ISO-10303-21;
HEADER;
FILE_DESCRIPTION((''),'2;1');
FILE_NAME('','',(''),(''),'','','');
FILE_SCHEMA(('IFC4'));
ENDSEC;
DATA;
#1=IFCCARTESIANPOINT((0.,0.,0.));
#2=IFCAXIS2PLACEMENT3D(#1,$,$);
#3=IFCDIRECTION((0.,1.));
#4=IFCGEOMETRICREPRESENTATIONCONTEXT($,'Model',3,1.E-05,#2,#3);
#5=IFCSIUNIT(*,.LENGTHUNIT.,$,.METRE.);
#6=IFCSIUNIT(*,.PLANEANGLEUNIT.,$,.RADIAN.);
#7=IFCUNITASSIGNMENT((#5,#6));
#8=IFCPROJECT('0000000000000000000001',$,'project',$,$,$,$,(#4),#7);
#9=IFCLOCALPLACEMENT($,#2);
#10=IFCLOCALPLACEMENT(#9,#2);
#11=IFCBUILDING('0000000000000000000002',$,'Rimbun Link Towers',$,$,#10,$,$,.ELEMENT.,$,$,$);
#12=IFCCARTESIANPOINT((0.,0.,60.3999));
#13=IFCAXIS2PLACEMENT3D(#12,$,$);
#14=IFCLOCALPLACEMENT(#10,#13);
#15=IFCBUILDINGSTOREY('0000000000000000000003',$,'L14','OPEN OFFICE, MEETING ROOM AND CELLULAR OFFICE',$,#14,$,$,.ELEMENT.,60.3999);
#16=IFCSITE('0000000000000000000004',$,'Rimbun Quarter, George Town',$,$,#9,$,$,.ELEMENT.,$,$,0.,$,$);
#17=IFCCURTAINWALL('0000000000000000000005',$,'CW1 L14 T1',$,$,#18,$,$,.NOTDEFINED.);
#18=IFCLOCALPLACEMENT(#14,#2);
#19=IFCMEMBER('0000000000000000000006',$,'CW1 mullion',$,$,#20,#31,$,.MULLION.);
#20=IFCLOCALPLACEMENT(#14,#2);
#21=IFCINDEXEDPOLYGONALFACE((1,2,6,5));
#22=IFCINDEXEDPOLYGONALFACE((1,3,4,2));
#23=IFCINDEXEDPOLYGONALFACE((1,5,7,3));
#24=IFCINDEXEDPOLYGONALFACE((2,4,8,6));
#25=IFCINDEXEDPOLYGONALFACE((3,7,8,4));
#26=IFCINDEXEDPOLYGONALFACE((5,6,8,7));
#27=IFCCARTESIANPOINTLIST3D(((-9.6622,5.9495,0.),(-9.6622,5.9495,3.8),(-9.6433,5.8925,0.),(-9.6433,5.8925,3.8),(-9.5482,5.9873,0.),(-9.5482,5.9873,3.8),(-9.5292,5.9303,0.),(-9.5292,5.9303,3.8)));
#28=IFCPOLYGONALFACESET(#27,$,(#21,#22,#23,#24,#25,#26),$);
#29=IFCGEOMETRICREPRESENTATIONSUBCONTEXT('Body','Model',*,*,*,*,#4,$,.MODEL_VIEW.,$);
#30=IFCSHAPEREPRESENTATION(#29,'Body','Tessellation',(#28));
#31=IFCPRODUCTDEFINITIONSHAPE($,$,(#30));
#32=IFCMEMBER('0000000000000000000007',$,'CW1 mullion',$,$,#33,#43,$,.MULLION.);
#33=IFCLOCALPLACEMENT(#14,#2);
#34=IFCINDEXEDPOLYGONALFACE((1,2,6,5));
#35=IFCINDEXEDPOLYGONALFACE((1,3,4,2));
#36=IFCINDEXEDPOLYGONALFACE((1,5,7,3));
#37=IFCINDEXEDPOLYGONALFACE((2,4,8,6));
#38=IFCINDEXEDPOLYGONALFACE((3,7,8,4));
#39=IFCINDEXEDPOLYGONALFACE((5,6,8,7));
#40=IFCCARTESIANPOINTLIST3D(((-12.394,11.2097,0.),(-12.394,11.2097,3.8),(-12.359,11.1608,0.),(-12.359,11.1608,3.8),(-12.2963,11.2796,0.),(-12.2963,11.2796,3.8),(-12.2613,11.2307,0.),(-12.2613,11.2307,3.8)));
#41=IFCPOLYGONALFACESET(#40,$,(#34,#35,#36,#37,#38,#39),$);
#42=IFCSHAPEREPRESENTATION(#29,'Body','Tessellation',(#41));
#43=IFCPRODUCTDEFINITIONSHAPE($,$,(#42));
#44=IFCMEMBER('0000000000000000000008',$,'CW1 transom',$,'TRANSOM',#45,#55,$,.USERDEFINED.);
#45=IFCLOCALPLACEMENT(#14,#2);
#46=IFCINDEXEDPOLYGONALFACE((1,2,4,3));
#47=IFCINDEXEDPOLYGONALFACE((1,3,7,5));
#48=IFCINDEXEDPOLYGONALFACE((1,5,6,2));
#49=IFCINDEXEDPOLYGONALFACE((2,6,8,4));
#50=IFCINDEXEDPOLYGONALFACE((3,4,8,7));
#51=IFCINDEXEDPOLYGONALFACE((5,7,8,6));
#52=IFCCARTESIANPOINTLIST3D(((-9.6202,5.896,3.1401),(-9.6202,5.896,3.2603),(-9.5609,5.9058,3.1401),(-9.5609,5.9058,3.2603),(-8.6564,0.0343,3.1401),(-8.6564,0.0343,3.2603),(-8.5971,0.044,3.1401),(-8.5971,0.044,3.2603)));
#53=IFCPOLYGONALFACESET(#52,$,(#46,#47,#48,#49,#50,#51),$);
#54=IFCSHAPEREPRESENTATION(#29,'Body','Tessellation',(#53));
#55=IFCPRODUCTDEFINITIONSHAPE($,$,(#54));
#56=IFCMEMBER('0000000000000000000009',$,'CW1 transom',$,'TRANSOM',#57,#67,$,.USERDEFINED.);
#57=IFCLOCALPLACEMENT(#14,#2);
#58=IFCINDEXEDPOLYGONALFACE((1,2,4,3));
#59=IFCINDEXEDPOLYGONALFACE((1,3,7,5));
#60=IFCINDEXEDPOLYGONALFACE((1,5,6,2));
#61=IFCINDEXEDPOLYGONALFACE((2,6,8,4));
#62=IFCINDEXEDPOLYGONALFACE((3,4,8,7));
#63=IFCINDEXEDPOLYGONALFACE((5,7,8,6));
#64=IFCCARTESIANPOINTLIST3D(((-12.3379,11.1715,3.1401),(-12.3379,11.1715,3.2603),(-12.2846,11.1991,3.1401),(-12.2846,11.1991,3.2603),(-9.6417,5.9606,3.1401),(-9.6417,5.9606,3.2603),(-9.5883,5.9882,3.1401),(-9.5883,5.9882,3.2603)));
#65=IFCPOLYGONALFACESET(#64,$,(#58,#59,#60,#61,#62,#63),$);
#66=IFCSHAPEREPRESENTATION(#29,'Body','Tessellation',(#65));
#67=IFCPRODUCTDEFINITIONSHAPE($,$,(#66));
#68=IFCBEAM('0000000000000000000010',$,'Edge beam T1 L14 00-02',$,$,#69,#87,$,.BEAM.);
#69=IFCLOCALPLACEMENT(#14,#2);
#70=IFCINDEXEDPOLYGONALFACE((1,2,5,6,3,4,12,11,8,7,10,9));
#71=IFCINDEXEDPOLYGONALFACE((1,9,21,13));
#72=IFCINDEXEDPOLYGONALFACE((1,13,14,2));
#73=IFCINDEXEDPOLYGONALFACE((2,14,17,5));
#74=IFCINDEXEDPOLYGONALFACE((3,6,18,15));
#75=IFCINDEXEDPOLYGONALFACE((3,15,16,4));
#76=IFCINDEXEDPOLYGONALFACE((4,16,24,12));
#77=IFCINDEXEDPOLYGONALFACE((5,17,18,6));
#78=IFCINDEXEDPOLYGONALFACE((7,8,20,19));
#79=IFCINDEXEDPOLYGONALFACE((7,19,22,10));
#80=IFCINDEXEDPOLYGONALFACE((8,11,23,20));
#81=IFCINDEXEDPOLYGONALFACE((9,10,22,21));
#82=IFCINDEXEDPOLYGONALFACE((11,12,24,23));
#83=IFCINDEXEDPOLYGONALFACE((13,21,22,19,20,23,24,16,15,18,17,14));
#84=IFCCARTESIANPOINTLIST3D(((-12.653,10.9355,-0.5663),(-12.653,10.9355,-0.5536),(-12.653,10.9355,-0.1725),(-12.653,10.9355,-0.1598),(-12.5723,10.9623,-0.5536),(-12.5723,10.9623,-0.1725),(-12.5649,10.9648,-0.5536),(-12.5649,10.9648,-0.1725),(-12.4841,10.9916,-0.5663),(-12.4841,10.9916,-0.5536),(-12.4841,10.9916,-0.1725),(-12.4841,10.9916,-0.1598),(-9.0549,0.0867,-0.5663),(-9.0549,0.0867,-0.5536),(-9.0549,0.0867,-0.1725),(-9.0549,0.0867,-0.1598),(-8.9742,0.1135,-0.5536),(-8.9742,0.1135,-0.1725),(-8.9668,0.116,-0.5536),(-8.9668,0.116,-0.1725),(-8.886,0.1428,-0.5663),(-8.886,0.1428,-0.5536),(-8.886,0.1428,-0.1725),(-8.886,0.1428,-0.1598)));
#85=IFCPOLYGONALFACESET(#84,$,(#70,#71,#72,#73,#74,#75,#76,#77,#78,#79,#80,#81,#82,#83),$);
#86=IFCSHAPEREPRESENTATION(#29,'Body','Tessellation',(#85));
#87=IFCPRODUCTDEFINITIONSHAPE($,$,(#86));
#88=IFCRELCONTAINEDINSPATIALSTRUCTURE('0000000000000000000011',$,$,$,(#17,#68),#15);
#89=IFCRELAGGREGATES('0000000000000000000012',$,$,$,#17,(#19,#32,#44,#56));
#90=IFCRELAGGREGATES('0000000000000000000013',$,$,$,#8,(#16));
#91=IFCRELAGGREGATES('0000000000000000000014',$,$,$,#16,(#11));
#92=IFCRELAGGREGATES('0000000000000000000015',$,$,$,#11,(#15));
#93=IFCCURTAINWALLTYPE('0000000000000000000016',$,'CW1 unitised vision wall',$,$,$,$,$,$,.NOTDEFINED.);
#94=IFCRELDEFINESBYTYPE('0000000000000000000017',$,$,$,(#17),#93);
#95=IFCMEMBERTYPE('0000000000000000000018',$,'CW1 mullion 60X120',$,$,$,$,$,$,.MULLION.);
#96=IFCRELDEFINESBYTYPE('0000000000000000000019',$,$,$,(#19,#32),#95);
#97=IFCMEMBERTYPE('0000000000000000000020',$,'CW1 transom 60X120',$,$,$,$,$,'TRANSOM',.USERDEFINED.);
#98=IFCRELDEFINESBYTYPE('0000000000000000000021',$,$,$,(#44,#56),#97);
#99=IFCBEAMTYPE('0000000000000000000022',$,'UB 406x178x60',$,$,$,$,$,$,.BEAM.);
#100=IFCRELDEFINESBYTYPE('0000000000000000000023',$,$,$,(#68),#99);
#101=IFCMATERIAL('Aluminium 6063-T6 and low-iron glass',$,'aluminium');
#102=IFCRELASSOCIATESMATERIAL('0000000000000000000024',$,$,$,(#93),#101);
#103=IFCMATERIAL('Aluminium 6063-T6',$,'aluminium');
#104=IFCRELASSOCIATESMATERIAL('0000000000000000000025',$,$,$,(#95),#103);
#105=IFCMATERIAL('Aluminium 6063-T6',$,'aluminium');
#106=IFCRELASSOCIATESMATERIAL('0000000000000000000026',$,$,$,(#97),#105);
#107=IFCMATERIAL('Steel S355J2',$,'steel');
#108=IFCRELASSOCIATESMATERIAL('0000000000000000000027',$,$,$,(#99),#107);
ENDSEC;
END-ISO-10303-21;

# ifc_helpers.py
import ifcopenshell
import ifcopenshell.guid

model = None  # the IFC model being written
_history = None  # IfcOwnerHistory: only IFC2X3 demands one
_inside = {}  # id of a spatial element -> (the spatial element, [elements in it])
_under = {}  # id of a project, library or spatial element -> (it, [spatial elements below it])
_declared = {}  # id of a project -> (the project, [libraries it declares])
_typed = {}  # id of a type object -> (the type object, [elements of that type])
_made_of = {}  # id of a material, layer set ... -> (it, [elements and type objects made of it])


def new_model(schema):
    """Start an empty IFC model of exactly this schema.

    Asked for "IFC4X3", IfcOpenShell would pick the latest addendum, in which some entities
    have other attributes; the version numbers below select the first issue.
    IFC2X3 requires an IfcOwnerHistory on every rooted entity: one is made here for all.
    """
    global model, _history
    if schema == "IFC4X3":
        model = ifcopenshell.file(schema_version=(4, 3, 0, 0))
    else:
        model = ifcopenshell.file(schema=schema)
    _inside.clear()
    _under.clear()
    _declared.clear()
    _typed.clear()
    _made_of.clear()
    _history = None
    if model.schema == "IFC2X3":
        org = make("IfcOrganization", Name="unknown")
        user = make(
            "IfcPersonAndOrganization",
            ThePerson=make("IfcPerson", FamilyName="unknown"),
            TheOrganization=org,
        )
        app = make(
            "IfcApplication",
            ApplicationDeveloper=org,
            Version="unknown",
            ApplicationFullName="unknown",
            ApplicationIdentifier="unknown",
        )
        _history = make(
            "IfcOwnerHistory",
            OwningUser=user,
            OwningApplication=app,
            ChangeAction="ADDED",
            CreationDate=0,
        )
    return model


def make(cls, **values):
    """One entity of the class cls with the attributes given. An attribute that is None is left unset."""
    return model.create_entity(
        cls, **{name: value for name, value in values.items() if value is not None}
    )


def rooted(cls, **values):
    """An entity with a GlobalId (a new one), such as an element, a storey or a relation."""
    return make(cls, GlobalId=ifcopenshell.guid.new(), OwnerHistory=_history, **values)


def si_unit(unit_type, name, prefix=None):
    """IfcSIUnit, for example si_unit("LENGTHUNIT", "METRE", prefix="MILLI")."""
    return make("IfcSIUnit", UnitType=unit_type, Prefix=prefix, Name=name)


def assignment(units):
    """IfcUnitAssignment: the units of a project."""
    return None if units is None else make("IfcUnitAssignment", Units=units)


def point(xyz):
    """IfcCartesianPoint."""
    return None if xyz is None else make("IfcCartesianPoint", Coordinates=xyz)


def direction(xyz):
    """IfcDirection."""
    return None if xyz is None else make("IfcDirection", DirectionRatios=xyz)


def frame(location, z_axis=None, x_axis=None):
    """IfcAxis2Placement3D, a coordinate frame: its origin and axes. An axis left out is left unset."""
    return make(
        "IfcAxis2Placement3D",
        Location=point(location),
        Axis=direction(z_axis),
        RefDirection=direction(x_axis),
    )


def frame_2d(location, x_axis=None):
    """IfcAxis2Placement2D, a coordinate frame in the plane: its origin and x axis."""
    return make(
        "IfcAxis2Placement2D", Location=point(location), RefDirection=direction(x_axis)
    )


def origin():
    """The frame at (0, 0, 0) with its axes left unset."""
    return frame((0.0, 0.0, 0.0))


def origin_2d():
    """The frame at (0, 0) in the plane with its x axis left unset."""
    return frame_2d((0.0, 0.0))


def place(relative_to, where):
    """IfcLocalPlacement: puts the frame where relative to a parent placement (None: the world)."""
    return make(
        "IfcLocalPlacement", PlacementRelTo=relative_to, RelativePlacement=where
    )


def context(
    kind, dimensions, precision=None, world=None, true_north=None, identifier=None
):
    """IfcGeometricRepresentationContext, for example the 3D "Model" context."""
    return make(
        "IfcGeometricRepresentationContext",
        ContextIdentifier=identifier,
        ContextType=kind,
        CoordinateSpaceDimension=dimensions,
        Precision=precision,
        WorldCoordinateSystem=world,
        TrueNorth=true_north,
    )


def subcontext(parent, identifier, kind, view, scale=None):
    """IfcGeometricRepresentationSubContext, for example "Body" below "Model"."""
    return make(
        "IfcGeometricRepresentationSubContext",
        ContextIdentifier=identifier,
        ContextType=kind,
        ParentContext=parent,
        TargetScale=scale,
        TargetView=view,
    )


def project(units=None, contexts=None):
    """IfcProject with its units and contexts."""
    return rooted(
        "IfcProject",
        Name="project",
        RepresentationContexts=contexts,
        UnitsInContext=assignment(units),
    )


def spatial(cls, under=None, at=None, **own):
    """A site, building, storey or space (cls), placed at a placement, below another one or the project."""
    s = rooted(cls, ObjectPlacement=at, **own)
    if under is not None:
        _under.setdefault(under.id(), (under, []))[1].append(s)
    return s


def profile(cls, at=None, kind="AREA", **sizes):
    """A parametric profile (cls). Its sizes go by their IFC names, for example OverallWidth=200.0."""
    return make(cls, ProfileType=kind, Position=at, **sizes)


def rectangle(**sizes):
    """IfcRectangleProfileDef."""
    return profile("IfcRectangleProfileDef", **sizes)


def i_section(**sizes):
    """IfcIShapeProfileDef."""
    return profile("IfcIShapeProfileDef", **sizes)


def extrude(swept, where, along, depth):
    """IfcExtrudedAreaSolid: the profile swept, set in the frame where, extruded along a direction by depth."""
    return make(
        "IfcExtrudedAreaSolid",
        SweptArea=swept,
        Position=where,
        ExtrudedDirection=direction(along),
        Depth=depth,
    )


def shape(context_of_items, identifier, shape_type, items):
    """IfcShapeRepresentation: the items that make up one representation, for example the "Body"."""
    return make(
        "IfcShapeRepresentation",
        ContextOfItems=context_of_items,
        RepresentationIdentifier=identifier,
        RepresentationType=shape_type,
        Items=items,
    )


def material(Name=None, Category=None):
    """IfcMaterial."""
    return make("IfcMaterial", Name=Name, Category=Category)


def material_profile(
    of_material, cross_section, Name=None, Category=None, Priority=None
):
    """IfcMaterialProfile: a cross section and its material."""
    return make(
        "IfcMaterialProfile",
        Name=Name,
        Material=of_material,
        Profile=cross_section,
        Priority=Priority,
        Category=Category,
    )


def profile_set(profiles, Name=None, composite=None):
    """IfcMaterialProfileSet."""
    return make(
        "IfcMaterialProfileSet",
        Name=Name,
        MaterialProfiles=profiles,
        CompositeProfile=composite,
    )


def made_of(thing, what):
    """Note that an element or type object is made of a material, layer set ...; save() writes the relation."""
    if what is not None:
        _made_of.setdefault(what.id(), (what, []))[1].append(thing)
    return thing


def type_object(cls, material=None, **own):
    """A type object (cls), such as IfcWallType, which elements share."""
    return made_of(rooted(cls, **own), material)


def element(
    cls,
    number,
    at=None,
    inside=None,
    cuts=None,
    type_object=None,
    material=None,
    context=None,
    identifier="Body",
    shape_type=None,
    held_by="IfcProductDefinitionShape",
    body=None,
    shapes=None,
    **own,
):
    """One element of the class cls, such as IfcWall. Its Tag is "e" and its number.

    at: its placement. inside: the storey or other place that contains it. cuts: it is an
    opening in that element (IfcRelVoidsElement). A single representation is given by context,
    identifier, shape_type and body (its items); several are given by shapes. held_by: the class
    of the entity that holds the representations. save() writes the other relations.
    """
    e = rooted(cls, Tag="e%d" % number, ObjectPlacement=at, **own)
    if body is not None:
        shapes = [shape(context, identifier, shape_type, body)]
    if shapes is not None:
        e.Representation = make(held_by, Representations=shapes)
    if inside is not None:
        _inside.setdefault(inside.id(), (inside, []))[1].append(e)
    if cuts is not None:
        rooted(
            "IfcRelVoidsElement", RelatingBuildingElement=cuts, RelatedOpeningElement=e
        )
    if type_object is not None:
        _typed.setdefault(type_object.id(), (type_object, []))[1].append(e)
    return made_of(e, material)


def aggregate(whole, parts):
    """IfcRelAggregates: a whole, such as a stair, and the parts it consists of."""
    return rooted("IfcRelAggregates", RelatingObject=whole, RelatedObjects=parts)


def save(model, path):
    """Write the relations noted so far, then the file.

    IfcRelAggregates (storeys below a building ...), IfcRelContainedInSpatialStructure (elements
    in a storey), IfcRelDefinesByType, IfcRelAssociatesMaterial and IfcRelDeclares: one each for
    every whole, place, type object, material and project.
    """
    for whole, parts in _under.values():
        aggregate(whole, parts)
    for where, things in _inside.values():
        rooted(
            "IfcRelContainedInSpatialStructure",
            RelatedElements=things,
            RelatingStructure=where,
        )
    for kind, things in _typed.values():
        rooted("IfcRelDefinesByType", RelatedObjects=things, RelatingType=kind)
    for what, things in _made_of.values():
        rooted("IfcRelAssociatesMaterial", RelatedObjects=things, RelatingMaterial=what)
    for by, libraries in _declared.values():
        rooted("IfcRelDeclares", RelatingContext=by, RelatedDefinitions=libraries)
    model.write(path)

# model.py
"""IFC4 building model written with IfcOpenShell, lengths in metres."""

from ifc_helpers import new_model, si_unit, direction, frame, origin, origin_2d, place, context, subcontext, project, spatial, rectangle, i_section, extrude, material, material_profile, profile_set, type_object, element, aggregate, save


model = new_model("IFC4")

# Units and contexts
model_context = context("Model", 3, precision=1e-05, world=origin(), true_north=direction((0.0, 1.0)))
body_context = subcontext(model_context, "Body", "Model", "MODEL_VIEW")
ifc_project = project(units=[si_unit("LENGTHUNIT", "METRE"), si_unit("PLANEANGLEUNIT", "RADIAN")], contexts=[model_context])

# Site, building, storey
site_placement = place(None, origin())
site = spatial("IfcSite", under=ifc_project, at=site_placement, Name="Rimbun Quarter, George Town", CompositionType="ELEMENT", RefElevation=0.0)
building_placement = place(site_placement, origin())
building = spatial("IfcBuilding", under=site, at=building_placement, Name="Rimbun Link Towers", CompositionType="ELEMENT")
storey_placement = place(building_placement, frame((0.0, 0.0, 60.3999)))
storey = spatial("IfcBuildingStorey", under=building, at=storey_placement, Name="L14", Description="OPEN OFFICE, MEETING ROOM AND CELLULAR OFFICE", CompositionType="ELEMENT", Elevation=60.3999)

# Curtain wall, members
ifc_material_1 = material(Name="Aluminium 6063-T6 and low-iron glass", Category="aluminium")
curtain_wall_type = type_object("IfcCurtainWallType", Name="CW1 unitised vision wall", PredefinedType="NOTDEFINED", material=ifc_material_1)
curtain_wall_placement = place(storey_placement, origin())
curtain_wall = element("IfcCurtainWall", 1, at=curtain_wall_placement, inside=storey, type_object=curtain_wall_type, Name="CW1 L14 T1", PredefinedType="NOTDEFINED")
ifc_material_2 = material(Name="Aluminium 6063-T6", Category="aluminium")
ifc_material_profile_1 = material_profile(ifc_material_2, rectangle(XDim=0.1201, YDim=0.0601, at=origin_2d()), Name="MULLION 60X120")
ifc_profile_set_1 = profile_set([ifc_material_profile_1], Name="Aluminium 6063-T6")
member_type_1 = type_object("IfcMemberType", Name="CW1 mullion 60X120", PredefinedType="MULLION", material=ifc_profile_set_1)
member_1_placement = place(storey_placement, frame((-9.5957, 5.9399, 0.0), z_axis=(0.0, 0.0, 1.0), x_axis=(0.949162, 0.314789, 0.0)))
member_1 = element("IfcMember", 2, at=member_1_placement, type_object=member_type_1, Name="CW1 mullion", PredefinedType="MULLION", context=body_context, shape_type="SweptSolid", body=[
    extrude(rectangle(XDim=0.1201, YDim=0.0601, at=origin_2d()), origin(), (0.0, 0.0, 1.0), 3.8),
])
member_2_placement = place(storey_placement, frame((-12.3276, 11.2202, 0.0), z_axis=(0.0, 0.0, 1.0), x_axis=(0.813348, 0.581777, 0.0)))
member_2 = element("IfcMember", 3, at=member_2_placement, type_object=member_type_1, Name="CW1 mullion", PredefinedType="MULLION", context=body_context, shape_type="SweptSolid", body=[
    extrude(rectangle(XDim=0.1201, YDim=0.0601, at=origin_2d()), origin(), (0.0, 0.0, 1.0), 3.8),
])
ifc_material_3 = material(Name="Aluminium 6063-T6", Category="aluminium")
ifc_material_profile_2 = material_profile(ifc_material_3, rectangle(XDim=0.0601, YDim=0.1201, at=origin_2d()), Name="TRANSOM 60X120")
ifc_profile_set_2 = profile_set([ifc_material_profile_2], Name="Aluminium 6063-T6")
member_type_2 = type_object("IfcMemberType", Name="CW1 transom 60X120", ElementType="TRANSOM", PredefinedType="USERDEFINED", material=ifc_profile_set_2)
member_3_placement = place(storey_placement, frame((-9.5906, 5.9009, 3.2002), z_axis=(0.162253, -0.986749, 0.0), x_axis=(0.986749, 0.162253, 0.0)))
member_3 = element("IfcMember", 4, at=member_3_placement, type_object=member_type_2, Name="CW1 transom", ObjectType="TRANSOM", PredefinedType="USERDEFINED", context=body_context, shape_type="SweptSolid", body=[
    extrude(rectangle(XDim=0.0601, YDim=0.1201, at=origin_2d()), origin(), (0.0, 0.0, 1.0), 5.9404),
])
member_4_placement = place(storey_placement, frame((-12.3113, 11.1853, 3.2002), z_axis=(0.459554, -0.88815, 0.0), x_axis=(0.88815, 0.459554, 0.0)))
member_4 = element("IfcMember", 5, at=member_4_placement, type_object=member_type_2, Name="CW1 transom", ObjectType="TRANSOM", PredefinedType="USERDEFINED", context=body_context, shape_type="SweptSolid", body=[
    extrude(rectangle(XDim=0.0601, YDim=0.1201, at=origin_2d()), origin(), (0.0, 0.0, 1.0), 5.8672),
])

# Beam
ifc_material_4 = material(Name="Steel S355J2", Category="steel")
ifc_material_profile_3 = material_profile(ifc_material_4, i_section(OverallWidth=0.178, OverallDepth=0.4065, WebThickness=0.0078, FlangeThickness=0.0127, at=origin_2d()), Name="UB 406x178x60")
ifc_profile_set_3 = profile_set([ifc_material_profile_3], Name="Steel S355J2")
beam_type = type_object("IfcBeamType", Name="UB 406x178x60", PredefinedType="BEAM", material=ifc_profile_set_3)
beam_placement = place(storey_placement, frame((-8.9705, 0.1147, -0.363), z_axis=(-0.314798, 0.949159, 0.0), x_axis=(-0.949159, -0.314798, 0.0)))
element("IfcBeam", 6, at=beam_placement, inside=storey, type_object=beam_type, Name="Edge beam T1 L14 00-02", PredefinedType="BEAM", context=body_context, shape_type="SweptSolid", body=[
    extrude(i_section(OverallWidth=0.178, OverallDepth=0.4065, WebThickness=0.0078, FlangeThickness=0.0127, at=origin_2d()), origin(), (0.0, 0.0, 1.0), 11.4299),
])

aggregate(curtain_wall, [member_1, member_2, member_3, member_4])

save(model, "model.ifc")
